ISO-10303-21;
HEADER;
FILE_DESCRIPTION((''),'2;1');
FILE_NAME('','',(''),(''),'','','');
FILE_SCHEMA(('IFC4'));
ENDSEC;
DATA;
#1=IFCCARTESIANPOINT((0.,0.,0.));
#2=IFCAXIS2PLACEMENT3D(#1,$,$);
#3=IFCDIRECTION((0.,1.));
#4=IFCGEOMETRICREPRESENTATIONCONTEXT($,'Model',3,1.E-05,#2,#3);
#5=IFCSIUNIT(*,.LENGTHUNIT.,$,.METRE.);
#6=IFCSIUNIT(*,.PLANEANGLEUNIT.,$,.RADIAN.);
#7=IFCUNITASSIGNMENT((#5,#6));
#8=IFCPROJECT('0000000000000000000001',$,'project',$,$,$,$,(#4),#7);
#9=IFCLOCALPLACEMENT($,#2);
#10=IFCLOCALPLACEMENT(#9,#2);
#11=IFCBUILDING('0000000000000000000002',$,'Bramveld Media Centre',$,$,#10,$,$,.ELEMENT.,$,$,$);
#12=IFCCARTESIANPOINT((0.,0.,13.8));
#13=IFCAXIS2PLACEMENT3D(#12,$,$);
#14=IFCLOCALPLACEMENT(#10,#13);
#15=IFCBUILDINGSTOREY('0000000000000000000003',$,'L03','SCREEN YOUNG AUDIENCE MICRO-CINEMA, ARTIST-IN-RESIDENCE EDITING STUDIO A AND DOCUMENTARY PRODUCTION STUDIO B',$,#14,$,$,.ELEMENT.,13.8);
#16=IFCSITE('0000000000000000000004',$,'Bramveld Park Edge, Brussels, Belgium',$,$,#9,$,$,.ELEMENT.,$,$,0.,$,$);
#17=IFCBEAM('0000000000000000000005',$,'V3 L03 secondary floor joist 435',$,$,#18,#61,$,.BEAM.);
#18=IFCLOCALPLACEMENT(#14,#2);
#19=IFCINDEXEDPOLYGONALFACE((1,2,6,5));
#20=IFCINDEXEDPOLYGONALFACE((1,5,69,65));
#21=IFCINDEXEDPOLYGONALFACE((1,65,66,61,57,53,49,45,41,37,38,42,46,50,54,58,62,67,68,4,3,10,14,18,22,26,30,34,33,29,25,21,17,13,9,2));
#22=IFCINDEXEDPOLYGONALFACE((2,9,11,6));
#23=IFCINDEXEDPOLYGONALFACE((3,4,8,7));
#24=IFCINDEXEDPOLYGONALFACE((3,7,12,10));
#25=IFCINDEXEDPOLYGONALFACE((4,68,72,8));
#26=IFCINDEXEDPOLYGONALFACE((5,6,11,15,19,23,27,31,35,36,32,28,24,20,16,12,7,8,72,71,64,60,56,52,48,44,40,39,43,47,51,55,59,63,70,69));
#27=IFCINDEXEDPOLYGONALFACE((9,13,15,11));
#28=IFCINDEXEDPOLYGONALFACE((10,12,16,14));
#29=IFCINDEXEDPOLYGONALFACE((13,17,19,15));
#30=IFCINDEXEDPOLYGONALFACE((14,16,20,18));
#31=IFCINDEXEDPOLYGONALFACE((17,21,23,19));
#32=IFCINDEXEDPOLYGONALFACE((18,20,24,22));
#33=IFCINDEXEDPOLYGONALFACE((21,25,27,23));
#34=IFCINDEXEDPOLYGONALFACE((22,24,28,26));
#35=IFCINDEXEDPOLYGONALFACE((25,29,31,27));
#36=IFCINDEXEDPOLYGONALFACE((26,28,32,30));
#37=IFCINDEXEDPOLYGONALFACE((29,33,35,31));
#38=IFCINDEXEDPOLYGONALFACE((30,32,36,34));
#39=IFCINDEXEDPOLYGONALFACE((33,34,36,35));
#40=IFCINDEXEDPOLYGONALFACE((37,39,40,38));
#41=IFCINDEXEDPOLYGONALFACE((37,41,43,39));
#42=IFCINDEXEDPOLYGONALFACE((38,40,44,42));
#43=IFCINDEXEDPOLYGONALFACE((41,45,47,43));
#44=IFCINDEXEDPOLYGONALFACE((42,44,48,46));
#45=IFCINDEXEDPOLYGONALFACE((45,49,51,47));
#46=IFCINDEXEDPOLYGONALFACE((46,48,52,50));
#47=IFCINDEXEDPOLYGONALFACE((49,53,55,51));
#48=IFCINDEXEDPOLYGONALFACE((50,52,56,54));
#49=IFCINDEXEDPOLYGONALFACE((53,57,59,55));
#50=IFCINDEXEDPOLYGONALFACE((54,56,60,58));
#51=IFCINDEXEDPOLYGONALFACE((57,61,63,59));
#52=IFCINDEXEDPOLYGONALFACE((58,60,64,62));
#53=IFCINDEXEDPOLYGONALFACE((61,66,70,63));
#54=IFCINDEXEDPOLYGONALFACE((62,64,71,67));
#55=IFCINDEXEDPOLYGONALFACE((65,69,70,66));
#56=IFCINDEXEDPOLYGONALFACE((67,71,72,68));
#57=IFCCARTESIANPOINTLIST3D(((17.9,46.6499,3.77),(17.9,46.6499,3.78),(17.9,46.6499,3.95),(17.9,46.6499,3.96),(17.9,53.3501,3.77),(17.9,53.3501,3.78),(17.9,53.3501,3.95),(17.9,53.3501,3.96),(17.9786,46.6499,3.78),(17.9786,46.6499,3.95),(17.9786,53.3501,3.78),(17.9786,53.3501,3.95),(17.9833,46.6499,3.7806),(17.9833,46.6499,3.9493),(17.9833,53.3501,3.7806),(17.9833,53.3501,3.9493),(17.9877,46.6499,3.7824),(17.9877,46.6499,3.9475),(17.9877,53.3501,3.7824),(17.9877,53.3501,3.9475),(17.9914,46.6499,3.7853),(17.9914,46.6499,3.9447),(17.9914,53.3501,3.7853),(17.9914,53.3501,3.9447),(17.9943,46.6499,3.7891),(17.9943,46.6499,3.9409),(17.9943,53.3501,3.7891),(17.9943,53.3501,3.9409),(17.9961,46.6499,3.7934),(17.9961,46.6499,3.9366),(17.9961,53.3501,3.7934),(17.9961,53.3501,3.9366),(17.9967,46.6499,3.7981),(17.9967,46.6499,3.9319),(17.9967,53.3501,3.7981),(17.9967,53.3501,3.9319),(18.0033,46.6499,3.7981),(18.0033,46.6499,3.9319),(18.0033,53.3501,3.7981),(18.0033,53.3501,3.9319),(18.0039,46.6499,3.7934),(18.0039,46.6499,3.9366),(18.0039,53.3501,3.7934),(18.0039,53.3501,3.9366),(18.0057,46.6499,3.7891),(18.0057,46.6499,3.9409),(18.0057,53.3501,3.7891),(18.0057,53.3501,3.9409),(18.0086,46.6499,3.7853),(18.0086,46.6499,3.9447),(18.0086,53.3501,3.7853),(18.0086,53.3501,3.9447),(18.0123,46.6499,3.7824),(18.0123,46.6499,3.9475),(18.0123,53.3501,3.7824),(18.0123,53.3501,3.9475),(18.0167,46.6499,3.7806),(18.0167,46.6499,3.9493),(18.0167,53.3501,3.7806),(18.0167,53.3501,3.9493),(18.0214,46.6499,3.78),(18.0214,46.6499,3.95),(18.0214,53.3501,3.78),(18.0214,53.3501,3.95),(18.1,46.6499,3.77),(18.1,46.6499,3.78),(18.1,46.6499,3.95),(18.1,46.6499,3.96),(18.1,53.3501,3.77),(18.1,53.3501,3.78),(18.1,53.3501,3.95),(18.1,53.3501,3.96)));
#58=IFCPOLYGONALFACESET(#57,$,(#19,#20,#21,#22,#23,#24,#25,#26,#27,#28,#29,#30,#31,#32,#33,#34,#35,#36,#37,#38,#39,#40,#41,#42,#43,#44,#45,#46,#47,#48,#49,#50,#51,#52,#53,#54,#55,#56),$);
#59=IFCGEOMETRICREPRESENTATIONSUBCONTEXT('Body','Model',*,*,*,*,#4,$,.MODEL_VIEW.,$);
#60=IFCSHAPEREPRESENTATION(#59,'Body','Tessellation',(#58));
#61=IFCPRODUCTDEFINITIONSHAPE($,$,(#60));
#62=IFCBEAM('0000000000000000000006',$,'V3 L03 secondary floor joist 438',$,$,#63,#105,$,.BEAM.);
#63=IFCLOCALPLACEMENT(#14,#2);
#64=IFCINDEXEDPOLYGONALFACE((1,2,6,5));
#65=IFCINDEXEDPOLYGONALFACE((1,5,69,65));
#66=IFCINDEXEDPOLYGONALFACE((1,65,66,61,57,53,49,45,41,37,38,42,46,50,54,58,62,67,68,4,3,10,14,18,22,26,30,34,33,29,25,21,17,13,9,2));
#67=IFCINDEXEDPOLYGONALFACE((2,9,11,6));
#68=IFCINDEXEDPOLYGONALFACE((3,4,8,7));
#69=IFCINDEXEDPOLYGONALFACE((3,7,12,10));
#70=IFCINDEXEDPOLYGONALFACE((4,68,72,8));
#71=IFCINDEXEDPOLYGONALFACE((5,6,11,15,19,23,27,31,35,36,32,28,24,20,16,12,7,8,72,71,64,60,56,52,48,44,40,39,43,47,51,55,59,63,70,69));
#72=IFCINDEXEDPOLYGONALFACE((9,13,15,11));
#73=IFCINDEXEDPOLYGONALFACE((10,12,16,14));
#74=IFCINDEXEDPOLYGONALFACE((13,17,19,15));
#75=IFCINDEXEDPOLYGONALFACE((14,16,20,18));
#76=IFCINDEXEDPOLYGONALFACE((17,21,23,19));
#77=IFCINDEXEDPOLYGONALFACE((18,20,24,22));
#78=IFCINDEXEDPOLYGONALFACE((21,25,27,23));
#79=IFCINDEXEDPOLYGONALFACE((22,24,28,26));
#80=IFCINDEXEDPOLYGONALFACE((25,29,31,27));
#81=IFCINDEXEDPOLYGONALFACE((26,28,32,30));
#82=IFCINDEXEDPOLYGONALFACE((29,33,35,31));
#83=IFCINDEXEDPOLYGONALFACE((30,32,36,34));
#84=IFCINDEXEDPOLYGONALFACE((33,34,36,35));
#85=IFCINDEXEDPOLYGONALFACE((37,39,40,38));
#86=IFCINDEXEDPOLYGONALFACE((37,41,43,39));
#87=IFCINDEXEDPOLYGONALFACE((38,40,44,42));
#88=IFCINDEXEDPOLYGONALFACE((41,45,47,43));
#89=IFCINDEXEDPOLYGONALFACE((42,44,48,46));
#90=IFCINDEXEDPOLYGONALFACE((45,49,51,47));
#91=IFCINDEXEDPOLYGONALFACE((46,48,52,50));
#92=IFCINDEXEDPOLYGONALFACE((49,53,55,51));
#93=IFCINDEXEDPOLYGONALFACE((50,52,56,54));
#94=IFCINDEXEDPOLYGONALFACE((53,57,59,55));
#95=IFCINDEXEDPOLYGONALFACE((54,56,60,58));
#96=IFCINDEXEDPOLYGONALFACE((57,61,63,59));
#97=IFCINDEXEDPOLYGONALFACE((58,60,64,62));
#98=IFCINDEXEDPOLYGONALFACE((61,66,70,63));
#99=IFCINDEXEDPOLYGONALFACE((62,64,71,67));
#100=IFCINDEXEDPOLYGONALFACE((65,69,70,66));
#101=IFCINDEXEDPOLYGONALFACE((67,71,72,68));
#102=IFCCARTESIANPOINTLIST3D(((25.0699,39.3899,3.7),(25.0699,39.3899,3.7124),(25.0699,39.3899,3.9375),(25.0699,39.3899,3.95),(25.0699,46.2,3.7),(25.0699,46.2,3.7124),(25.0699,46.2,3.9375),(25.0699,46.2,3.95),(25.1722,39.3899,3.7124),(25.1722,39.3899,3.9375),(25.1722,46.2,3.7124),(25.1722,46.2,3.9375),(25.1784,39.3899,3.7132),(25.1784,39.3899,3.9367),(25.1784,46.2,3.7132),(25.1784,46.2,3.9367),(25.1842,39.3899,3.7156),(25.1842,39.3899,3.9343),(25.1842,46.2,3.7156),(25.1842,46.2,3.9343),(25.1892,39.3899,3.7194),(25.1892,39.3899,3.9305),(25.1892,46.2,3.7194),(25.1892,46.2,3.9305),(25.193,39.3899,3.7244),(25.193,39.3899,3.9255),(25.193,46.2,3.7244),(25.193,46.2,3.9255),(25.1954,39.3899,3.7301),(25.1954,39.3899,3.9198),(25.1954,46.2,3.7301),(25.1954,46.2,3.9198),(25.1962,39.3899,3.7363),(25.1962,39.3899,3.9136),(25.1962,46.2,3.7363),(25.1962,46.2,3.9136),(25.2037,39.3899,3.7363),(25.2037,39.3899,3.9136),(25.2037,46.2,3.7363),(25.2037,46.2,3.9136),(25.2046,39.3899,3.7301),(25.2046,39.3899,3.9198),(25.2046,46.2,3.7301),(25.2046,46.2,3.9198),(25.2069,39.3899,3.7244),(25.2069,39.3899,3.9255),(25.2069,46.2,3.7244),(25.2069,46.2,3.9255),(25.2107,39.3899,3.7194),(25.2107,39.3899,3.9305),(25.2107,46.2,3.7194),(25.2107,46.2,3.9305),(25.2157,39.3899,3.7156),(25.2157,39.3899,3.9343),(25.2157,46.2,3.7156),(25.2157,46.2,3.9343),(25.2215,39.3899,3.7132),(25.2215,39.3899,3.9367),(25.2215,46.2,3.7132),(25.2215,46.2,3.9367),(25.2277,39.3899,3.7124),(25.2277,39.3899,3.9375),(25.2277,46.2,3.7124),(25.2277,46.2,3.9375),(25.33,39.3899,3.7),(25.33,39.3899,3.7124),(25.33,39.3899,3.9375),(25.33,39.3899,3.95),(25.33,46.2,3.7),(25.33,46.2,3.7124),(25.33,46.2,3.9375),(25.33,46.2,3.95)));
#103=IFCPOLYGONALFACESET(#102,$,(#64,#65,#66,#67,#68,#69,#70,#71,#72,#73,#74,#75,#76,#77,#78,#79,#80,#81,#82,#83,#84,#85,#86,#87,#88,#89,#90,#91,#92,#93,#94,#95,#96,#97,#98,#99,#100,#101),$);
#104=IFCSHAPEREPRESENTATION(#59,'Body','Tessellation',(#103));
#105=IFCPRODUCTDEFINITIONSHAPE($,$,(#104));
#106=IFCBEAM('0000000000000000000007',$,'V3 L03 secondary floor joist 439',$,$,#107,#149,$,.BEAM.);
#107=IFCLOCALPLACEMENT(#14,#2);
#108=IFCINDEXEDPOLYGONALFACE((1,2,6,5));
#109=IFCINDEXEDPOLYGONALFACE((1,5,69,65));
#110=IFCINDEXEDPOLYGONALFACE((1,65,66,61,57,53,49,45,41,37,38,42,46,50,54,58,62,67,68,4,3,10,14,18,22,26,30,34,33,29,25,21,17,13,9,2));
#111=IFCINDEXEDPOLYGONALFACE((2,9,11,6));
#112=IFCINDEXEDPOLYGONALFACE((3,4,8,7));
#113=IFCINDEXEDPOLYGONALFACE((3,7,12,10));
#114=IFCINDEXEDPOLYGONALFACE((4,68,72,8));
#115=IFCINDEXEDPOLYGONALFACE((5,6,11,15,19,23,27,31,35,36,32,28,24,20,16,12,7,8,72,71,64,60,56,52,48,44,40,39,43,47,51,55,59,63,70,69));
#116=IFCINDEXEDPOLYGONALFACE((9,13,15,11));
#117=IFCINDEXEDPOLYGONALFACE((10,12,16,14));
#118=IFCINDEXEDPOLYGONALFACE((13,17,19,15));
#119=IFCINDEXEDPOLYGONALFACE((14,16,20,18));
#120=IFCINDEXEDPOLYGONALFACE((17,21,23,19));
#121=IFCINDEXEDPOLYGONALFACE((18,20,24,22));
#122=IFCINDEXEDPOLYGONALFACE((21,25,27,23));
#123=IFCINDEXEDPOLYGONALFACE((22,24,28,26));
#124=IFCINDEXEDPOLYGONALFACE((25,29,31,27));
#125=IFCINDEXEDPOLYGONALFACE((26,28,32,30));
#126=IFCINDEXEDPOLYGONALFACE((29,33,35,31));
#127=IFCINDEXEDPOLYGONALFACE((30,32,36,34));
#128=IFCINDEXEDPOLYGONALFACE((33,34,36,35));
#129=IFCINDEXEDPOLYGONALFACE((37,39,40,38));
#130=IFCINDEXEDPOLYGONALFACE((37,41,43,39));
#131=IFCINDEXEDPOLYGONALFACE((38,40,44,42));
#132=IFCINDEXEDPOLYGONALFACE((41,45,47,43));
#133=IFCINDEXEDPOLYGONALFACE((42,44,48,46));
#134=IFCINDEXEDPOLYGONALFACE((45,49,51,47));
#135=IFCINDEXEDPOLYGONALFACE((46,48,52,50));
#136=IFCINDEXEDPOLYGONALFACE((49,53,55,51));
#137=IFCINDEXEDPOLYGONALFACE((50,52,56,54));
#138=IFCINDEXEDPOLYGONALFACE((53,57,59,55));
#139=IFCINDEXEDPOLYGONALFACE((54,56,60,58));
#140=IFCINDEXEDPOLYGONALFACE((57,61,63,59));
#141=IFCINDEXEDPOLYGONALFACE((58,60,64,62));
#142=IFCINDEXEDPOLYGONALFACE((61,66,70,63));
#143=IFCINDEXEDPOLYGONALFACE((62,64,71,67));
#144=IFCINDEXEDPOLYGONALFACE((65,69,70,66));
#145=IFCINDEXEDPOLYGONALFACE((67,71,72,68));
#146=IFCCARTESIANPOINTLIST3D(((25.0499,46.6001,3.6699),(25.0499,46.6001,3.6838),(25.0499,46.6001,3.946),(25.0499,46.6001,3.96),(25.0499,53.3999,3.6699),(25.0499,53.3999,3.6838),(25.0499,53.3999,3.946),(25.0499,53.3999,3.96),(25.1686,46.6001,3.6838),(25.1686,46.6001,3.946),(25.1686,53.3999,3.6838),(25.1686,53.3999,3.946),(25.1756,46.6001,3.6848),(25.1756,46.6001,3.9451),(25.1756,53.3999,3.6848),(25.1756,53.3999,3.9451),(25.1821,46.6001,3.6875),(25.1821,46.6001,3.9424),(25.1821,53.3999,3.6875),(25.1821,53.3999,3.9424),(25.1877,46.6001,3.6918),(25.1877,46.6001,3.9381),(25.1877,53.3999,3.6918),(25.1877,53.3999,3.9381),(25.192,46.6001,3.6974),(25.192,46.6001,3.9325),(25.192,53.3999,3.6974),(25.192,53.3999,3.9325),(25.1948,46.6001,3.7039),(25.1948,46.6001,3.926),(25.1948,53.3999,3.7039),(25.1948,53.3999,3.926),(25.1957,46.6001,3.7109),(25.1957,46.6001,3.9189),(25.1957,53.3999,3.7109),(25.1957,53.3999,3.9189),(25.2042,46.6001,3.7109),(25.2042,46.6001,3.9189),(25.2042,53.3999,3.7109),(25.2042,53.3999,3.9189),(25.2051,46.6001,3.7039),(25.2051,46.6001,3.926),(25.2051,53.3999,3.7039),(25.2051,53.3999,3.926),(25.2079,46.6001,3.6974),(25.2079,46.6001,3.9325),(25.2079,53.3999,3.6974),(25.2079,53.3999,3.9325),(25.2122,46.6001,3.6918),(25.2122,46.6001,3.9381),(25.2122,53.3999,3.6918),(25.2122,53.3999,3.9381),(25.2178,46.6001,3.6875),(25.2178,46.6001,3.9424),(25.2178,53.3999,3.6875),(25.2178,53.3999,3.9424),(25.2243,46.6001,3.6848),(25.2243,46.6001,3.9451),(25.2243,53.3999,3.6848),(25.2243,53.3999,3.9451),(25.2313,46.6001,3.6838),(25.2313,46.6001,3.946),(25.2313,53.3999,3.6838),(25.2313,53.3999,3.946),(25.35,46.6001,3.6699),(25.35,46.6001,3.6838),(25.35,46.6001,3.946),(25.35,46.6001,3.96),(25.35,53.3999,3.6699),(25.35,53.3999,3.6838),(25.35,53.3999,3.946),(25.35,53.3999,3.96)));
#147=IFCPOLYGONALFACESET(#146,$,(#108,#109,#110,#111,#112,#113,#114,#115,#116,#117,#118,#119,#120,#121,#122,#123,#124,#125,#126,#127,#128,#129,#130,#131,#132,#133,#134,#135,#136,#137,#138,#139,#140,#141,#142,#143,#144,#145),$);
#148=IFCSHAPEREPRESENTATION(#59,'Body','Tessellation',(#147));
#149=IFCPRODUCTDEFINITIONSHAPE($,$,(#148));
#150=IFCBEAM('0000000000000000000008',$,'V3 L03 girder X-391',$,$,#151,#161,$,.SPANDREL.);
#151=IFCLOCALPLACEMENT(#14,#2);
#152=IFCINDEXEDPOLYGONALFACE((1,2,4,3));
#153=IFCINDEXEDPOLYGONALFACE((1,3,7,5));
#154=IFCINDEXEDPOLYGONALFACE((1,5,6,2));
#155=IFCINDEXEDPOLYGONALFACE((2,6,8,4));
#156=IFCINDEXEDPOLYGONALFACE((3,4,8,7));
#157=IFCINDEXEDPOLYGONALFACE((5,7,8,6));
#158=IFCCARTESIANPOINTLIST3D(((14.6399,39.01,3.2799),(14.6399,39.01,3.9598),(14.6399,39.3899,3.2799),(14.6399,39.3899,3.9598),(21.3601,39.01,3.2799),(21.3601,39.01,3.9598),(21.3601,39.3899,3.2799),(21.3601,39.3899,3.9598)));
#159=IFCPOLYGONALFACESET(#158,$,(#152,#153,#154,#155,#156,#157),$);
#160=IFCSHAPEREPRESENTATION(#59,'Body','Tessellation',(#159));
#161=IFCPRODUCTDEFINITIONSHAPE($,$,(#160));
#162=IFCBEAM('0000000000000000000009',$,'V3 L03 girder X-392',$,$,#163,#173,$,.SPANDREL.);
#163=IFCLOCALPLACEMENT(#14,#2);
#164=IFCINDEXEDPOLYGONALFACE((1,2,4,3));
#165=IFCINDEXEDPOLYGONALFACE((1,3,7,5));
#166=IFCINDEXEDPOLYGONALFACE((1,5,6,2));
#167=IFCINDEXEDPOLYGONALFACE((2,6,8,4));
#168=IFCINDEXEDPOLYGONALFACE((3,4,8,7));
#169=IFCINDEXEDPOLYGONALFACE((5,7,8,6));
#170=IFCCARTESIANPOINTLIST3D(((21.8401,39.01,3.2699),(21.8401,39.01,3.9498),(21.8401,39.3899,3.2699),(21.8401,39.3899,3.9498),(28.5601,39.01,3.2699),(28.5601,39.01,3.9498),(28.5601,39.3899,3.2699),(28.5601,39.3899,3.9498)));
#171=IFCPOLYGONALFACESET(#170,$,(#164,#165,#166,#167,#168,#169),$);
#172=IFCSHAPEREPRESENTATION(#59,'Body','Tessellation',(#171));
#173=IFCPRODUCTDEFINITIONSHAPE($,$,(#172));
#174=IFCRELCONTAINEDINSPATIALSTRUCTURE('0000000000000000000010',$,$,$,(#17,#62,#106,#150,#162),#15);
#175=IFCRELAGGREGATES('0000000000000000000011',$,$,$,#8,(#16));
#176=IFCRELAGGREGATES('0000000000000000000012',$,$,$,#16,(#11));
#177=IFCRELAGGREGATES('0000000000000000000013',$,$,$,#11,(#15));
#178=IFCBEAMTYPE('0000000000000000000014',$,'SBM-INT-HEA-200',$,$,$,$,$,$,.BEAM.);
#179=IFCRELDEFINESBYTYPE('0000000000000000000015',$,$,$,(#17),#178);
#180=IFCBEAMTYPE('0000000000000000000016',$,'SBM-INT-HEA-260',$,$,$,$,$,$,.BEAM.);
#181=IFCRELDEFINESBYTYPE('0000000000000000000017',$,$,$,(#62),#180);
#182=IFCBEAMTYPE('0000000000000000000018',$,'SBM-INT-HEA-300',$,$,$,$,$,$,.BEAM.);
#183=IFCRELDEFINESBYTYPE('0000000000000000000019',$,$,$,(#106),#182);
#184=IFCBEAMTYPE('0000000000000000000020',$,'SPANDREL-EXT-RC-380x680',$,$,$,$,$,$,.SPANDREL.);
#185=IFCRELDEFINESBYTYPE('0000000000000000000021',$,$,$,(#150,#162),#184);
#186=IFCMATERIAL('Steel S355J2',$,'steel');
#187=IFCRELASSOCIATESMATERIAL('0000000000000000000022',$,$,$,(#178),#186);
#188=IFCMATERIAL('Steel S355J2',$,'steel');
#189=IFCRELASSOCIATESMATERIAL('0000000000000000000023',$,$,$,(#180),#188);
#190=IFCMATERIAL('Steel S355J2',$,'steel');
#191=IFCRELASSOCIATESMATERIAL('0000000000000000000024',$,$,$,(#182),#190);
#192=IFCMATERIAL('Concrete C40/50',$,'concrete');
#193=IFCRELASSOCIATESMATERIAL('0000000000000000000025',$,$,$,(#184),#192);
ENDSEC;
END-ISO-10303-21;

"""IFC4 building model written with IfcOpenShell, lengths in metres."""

from ifc_helpers import new_model, si_unit, direction, frame, origin, origin_2d, place, context, subcontext, project, spatial, rectangle, i_section, extrude, material, material_profile, profile_set, type_object, element, save


model = new_model("IFC4")

# Units and contexts
model_context = context("Model", 3, precision=1e-05, world=origin(), true_north=direction((0.0, 1.0)))
body_context = subcontext(model_context, "Body", "Model", "MODEL_VIEW")
ifc_project = project(units=[si_unit("LENGTHUNIT", "METRE"), si_unit("PLANEANGLEUNIT", "RADIAN")], contexts=[model_context])

# Site, building, storey
site_placement = place(None, origin())
site = spatial("IfcSite", under=ifc_project, at=site_placement, Name="Bramveld Park Edge, Brussels, Belgium", CompositionType="ELEMENT", RefElevation=0.0)
building_placement = place(site_placement, origin())
building = spatial("IfcBuilding", under=site, at=building_placement, Name="Bramveld Media Centre", CompositionType="ELEMENT")
storey_placement = place(building_placement, frame((0.0, 0.0, 13.8)))
storey = spatial("IfcBuildingStorey", under=building, at=storey_placement, Name="L03", Description="SCREEN YOUNG AUDIENCE MICRO-CINEMA, ARTIST-IN-RESIDENCE EDITING STUDIO A AND DOCUMENTARY PRODUCTION STUDIO B", CompositionType="ELEMENT", Elevation=13.8)

# Beams
ifc_material_1 = material(Name="Steel S355J2", Category="steel")
ifc_material_profile_1 = material_profile(ifc_material_1, i_section(OverallWidth=0.2, OverallDepth=0.1899, WebThickness=0.0066, FlangeThickness=0.01, FilletRadius=0.0181, at=origin_2d()), Name="HEA 200")
ifc_profile_set_1 = profile_set([ifc_material_profile_1], Name="Steel S355J2")
beam_type_1 = type_object("IfcBeamType", Name="SBM-INT-HEA-200", PredefinedType="BEAM", material=ifc_profile_set_1)
beam_1_placement = place(storey_placement, frame((18.0, 46.6499, 3.865), z_axis=(0.0, 1.0, 0.0), x_axis=(-1.0, 0.0, 0.0)))
element("IfcBeam", 1, at=beam_1_placement, inside=storey, type_object=beam_type_1, Name="V3 L03 secondary floor joist 435", PredefinedType="BEAM", context=body_context, shape_type="SweptSolid", body=[
    extrude(i_section(OverallWidth=0.2, OverallDepth=0.1899, WebThickness=0.0066, FlangeThickness=0.01, FilletRadius=0.0181, at=origin_2d()), origin(), (0.0, 0.0, 1.0), 6.7002),
])
ifc_material_2 = material(Name="Steel S355J2", Category="steel")
ifc_material_profile_2 = material_profile(ifc_material_2, i_section(OverallWidth=0.26, OverallDepth=0.25, WebThickness=0.0076, FlangeThickness=0.0125, FilletRadius=0.0239, at=origin_2d()), Name="HEA 260")
ifc_profile_set_2 = profile_set([ifc_material_profile_2], Name="Steel S355J2")
beam_type_2 = type_object("IfcBeamType", Name="SBM-INT-HEA-260", PredefinedType="BEAM", material=ifc_profile_set_2)
beam_2_placement = place(storey_placement, frame((25.2, 39.3899, 3.825), z_axis=(0.0, 1.0, 0.0), x_axis=(-1.0, 0.0, 0.0)))
element("IfcBeam", 2, at=beam_2_placement, inside=storey, type_object=beam_type_2, Name="V3 L03 secondary floor joist 438", PredefinedType="BEAM", context=body_context, shape_type="SweptSolid", body=[
    extrude(i_section(OverallWidth=0.26, OverallDepth=0.25, WebThickness=0.0076, FlangeThickness=0.0125, FilletRadius=0.0239, at=origin_2d()), origin(), (0.0, 0.0, 1.0), 6.8101),
])
ifc_material_3 = material(Name="Steel S355J2", Category="steel")
ifc_material_profile_3 = material_profile(ifc_material_3, i_section(OverallWidth=0.3, OverallDepth=0.29, WebThickness=0.0085, FlangeThickness=0.0139, FilletRadius=0.0271, at=origin_2d()), Name="HEA 300")
ifc_profile_set_3 = profile_set([ifc_material_profile_3], Name="Steel S355J2")
beam_type_3 = type_object("IfcBeamType", Name="SBM-INT-HEA-300", PredefinedType="BEAM", material=ifc_profile_set_3)
beam_3_placement = place(storey_placement, frame((25.2, 46.6001, 3.8149), z_axis=(0.0, 1.0, 0.0), x_axis=(-1.0, 0.0, 0.0)))
element("IfcBeam", 3, at=beam_3_placement, inside=storey, type_object=beam_type_3, Name="V3 L03 secondary floor joist 439", PredefinedType="BEAM", context=body_context, shape_type="SweptSolid", body=[
    extrude(i_section(OverallWidth=0.3, OverallDepth=0.29, WebThickness=0.0085, FlangeThickness=0.0139, FilletRadius=0.0271, at=origin_2d()), origin(), (0.0, 0.0, 1.0), 6.7998),
])
ifc_material_4 = material(Name="Concrete C40/50", Category="concrete")
ifc_material_profile_4 = material_profile(ifc_material_4, rectangle(XDim=0.3799, YDim=0.6799, at=origin_2d()), Name="RC 380x680")
ifc_profile_set_4 = profile_set([ifc_material_profile_4], Name="Concrete C40/50")
beam_type_4 = type_object("IfcBeamType", Name="SPANDREL-EXT-RC-380x680", PredefinedType="SPANDREL", material=ifc_profile_set_4)
beam_4_placement = place(storey_placement, frame((14.6399, 39.2, 3.6199), z_axis=(1.0, 0.0, 0.0), x_axis=(0.0, 1.0, 0.0)))
element("IfcBeam", 4, at=beam_4_placement, inside=storey, type_object=beam_type_4, Name="V3 L03 girder X-391", PredefinedType="SPANDREL", context=body_context, shape_type="SweptSolid", body=[
    extrude(rectangle(XDim=0.3799, YDim=0.6799, at=origin_2d()), origin(), (0.0, 0.0, 1.0), 6.7202),
])
beam_5_placement = place(storey_placement, frame((21.8401, 39.2, 3.6099), z_axis=(1.0, 0.0, 0.0), x_axis=(0.0, 1.0, 0.0)))
element("IfcBeam", 5, at=beam_5_placement, inside=storey, type_object=beam_type_4, Name="V3 L03 girder X-392", PredefinedType="SPANDREL", context=body_context, shape_type="SweptSolid", body=[
    extrude(rectangle(XDim=0.3799, YDim=0.6799, at=origin_2d()), origin(), (0.0, 0.0, 1.0), 6.72),
])

save(model, "model.ifc")
